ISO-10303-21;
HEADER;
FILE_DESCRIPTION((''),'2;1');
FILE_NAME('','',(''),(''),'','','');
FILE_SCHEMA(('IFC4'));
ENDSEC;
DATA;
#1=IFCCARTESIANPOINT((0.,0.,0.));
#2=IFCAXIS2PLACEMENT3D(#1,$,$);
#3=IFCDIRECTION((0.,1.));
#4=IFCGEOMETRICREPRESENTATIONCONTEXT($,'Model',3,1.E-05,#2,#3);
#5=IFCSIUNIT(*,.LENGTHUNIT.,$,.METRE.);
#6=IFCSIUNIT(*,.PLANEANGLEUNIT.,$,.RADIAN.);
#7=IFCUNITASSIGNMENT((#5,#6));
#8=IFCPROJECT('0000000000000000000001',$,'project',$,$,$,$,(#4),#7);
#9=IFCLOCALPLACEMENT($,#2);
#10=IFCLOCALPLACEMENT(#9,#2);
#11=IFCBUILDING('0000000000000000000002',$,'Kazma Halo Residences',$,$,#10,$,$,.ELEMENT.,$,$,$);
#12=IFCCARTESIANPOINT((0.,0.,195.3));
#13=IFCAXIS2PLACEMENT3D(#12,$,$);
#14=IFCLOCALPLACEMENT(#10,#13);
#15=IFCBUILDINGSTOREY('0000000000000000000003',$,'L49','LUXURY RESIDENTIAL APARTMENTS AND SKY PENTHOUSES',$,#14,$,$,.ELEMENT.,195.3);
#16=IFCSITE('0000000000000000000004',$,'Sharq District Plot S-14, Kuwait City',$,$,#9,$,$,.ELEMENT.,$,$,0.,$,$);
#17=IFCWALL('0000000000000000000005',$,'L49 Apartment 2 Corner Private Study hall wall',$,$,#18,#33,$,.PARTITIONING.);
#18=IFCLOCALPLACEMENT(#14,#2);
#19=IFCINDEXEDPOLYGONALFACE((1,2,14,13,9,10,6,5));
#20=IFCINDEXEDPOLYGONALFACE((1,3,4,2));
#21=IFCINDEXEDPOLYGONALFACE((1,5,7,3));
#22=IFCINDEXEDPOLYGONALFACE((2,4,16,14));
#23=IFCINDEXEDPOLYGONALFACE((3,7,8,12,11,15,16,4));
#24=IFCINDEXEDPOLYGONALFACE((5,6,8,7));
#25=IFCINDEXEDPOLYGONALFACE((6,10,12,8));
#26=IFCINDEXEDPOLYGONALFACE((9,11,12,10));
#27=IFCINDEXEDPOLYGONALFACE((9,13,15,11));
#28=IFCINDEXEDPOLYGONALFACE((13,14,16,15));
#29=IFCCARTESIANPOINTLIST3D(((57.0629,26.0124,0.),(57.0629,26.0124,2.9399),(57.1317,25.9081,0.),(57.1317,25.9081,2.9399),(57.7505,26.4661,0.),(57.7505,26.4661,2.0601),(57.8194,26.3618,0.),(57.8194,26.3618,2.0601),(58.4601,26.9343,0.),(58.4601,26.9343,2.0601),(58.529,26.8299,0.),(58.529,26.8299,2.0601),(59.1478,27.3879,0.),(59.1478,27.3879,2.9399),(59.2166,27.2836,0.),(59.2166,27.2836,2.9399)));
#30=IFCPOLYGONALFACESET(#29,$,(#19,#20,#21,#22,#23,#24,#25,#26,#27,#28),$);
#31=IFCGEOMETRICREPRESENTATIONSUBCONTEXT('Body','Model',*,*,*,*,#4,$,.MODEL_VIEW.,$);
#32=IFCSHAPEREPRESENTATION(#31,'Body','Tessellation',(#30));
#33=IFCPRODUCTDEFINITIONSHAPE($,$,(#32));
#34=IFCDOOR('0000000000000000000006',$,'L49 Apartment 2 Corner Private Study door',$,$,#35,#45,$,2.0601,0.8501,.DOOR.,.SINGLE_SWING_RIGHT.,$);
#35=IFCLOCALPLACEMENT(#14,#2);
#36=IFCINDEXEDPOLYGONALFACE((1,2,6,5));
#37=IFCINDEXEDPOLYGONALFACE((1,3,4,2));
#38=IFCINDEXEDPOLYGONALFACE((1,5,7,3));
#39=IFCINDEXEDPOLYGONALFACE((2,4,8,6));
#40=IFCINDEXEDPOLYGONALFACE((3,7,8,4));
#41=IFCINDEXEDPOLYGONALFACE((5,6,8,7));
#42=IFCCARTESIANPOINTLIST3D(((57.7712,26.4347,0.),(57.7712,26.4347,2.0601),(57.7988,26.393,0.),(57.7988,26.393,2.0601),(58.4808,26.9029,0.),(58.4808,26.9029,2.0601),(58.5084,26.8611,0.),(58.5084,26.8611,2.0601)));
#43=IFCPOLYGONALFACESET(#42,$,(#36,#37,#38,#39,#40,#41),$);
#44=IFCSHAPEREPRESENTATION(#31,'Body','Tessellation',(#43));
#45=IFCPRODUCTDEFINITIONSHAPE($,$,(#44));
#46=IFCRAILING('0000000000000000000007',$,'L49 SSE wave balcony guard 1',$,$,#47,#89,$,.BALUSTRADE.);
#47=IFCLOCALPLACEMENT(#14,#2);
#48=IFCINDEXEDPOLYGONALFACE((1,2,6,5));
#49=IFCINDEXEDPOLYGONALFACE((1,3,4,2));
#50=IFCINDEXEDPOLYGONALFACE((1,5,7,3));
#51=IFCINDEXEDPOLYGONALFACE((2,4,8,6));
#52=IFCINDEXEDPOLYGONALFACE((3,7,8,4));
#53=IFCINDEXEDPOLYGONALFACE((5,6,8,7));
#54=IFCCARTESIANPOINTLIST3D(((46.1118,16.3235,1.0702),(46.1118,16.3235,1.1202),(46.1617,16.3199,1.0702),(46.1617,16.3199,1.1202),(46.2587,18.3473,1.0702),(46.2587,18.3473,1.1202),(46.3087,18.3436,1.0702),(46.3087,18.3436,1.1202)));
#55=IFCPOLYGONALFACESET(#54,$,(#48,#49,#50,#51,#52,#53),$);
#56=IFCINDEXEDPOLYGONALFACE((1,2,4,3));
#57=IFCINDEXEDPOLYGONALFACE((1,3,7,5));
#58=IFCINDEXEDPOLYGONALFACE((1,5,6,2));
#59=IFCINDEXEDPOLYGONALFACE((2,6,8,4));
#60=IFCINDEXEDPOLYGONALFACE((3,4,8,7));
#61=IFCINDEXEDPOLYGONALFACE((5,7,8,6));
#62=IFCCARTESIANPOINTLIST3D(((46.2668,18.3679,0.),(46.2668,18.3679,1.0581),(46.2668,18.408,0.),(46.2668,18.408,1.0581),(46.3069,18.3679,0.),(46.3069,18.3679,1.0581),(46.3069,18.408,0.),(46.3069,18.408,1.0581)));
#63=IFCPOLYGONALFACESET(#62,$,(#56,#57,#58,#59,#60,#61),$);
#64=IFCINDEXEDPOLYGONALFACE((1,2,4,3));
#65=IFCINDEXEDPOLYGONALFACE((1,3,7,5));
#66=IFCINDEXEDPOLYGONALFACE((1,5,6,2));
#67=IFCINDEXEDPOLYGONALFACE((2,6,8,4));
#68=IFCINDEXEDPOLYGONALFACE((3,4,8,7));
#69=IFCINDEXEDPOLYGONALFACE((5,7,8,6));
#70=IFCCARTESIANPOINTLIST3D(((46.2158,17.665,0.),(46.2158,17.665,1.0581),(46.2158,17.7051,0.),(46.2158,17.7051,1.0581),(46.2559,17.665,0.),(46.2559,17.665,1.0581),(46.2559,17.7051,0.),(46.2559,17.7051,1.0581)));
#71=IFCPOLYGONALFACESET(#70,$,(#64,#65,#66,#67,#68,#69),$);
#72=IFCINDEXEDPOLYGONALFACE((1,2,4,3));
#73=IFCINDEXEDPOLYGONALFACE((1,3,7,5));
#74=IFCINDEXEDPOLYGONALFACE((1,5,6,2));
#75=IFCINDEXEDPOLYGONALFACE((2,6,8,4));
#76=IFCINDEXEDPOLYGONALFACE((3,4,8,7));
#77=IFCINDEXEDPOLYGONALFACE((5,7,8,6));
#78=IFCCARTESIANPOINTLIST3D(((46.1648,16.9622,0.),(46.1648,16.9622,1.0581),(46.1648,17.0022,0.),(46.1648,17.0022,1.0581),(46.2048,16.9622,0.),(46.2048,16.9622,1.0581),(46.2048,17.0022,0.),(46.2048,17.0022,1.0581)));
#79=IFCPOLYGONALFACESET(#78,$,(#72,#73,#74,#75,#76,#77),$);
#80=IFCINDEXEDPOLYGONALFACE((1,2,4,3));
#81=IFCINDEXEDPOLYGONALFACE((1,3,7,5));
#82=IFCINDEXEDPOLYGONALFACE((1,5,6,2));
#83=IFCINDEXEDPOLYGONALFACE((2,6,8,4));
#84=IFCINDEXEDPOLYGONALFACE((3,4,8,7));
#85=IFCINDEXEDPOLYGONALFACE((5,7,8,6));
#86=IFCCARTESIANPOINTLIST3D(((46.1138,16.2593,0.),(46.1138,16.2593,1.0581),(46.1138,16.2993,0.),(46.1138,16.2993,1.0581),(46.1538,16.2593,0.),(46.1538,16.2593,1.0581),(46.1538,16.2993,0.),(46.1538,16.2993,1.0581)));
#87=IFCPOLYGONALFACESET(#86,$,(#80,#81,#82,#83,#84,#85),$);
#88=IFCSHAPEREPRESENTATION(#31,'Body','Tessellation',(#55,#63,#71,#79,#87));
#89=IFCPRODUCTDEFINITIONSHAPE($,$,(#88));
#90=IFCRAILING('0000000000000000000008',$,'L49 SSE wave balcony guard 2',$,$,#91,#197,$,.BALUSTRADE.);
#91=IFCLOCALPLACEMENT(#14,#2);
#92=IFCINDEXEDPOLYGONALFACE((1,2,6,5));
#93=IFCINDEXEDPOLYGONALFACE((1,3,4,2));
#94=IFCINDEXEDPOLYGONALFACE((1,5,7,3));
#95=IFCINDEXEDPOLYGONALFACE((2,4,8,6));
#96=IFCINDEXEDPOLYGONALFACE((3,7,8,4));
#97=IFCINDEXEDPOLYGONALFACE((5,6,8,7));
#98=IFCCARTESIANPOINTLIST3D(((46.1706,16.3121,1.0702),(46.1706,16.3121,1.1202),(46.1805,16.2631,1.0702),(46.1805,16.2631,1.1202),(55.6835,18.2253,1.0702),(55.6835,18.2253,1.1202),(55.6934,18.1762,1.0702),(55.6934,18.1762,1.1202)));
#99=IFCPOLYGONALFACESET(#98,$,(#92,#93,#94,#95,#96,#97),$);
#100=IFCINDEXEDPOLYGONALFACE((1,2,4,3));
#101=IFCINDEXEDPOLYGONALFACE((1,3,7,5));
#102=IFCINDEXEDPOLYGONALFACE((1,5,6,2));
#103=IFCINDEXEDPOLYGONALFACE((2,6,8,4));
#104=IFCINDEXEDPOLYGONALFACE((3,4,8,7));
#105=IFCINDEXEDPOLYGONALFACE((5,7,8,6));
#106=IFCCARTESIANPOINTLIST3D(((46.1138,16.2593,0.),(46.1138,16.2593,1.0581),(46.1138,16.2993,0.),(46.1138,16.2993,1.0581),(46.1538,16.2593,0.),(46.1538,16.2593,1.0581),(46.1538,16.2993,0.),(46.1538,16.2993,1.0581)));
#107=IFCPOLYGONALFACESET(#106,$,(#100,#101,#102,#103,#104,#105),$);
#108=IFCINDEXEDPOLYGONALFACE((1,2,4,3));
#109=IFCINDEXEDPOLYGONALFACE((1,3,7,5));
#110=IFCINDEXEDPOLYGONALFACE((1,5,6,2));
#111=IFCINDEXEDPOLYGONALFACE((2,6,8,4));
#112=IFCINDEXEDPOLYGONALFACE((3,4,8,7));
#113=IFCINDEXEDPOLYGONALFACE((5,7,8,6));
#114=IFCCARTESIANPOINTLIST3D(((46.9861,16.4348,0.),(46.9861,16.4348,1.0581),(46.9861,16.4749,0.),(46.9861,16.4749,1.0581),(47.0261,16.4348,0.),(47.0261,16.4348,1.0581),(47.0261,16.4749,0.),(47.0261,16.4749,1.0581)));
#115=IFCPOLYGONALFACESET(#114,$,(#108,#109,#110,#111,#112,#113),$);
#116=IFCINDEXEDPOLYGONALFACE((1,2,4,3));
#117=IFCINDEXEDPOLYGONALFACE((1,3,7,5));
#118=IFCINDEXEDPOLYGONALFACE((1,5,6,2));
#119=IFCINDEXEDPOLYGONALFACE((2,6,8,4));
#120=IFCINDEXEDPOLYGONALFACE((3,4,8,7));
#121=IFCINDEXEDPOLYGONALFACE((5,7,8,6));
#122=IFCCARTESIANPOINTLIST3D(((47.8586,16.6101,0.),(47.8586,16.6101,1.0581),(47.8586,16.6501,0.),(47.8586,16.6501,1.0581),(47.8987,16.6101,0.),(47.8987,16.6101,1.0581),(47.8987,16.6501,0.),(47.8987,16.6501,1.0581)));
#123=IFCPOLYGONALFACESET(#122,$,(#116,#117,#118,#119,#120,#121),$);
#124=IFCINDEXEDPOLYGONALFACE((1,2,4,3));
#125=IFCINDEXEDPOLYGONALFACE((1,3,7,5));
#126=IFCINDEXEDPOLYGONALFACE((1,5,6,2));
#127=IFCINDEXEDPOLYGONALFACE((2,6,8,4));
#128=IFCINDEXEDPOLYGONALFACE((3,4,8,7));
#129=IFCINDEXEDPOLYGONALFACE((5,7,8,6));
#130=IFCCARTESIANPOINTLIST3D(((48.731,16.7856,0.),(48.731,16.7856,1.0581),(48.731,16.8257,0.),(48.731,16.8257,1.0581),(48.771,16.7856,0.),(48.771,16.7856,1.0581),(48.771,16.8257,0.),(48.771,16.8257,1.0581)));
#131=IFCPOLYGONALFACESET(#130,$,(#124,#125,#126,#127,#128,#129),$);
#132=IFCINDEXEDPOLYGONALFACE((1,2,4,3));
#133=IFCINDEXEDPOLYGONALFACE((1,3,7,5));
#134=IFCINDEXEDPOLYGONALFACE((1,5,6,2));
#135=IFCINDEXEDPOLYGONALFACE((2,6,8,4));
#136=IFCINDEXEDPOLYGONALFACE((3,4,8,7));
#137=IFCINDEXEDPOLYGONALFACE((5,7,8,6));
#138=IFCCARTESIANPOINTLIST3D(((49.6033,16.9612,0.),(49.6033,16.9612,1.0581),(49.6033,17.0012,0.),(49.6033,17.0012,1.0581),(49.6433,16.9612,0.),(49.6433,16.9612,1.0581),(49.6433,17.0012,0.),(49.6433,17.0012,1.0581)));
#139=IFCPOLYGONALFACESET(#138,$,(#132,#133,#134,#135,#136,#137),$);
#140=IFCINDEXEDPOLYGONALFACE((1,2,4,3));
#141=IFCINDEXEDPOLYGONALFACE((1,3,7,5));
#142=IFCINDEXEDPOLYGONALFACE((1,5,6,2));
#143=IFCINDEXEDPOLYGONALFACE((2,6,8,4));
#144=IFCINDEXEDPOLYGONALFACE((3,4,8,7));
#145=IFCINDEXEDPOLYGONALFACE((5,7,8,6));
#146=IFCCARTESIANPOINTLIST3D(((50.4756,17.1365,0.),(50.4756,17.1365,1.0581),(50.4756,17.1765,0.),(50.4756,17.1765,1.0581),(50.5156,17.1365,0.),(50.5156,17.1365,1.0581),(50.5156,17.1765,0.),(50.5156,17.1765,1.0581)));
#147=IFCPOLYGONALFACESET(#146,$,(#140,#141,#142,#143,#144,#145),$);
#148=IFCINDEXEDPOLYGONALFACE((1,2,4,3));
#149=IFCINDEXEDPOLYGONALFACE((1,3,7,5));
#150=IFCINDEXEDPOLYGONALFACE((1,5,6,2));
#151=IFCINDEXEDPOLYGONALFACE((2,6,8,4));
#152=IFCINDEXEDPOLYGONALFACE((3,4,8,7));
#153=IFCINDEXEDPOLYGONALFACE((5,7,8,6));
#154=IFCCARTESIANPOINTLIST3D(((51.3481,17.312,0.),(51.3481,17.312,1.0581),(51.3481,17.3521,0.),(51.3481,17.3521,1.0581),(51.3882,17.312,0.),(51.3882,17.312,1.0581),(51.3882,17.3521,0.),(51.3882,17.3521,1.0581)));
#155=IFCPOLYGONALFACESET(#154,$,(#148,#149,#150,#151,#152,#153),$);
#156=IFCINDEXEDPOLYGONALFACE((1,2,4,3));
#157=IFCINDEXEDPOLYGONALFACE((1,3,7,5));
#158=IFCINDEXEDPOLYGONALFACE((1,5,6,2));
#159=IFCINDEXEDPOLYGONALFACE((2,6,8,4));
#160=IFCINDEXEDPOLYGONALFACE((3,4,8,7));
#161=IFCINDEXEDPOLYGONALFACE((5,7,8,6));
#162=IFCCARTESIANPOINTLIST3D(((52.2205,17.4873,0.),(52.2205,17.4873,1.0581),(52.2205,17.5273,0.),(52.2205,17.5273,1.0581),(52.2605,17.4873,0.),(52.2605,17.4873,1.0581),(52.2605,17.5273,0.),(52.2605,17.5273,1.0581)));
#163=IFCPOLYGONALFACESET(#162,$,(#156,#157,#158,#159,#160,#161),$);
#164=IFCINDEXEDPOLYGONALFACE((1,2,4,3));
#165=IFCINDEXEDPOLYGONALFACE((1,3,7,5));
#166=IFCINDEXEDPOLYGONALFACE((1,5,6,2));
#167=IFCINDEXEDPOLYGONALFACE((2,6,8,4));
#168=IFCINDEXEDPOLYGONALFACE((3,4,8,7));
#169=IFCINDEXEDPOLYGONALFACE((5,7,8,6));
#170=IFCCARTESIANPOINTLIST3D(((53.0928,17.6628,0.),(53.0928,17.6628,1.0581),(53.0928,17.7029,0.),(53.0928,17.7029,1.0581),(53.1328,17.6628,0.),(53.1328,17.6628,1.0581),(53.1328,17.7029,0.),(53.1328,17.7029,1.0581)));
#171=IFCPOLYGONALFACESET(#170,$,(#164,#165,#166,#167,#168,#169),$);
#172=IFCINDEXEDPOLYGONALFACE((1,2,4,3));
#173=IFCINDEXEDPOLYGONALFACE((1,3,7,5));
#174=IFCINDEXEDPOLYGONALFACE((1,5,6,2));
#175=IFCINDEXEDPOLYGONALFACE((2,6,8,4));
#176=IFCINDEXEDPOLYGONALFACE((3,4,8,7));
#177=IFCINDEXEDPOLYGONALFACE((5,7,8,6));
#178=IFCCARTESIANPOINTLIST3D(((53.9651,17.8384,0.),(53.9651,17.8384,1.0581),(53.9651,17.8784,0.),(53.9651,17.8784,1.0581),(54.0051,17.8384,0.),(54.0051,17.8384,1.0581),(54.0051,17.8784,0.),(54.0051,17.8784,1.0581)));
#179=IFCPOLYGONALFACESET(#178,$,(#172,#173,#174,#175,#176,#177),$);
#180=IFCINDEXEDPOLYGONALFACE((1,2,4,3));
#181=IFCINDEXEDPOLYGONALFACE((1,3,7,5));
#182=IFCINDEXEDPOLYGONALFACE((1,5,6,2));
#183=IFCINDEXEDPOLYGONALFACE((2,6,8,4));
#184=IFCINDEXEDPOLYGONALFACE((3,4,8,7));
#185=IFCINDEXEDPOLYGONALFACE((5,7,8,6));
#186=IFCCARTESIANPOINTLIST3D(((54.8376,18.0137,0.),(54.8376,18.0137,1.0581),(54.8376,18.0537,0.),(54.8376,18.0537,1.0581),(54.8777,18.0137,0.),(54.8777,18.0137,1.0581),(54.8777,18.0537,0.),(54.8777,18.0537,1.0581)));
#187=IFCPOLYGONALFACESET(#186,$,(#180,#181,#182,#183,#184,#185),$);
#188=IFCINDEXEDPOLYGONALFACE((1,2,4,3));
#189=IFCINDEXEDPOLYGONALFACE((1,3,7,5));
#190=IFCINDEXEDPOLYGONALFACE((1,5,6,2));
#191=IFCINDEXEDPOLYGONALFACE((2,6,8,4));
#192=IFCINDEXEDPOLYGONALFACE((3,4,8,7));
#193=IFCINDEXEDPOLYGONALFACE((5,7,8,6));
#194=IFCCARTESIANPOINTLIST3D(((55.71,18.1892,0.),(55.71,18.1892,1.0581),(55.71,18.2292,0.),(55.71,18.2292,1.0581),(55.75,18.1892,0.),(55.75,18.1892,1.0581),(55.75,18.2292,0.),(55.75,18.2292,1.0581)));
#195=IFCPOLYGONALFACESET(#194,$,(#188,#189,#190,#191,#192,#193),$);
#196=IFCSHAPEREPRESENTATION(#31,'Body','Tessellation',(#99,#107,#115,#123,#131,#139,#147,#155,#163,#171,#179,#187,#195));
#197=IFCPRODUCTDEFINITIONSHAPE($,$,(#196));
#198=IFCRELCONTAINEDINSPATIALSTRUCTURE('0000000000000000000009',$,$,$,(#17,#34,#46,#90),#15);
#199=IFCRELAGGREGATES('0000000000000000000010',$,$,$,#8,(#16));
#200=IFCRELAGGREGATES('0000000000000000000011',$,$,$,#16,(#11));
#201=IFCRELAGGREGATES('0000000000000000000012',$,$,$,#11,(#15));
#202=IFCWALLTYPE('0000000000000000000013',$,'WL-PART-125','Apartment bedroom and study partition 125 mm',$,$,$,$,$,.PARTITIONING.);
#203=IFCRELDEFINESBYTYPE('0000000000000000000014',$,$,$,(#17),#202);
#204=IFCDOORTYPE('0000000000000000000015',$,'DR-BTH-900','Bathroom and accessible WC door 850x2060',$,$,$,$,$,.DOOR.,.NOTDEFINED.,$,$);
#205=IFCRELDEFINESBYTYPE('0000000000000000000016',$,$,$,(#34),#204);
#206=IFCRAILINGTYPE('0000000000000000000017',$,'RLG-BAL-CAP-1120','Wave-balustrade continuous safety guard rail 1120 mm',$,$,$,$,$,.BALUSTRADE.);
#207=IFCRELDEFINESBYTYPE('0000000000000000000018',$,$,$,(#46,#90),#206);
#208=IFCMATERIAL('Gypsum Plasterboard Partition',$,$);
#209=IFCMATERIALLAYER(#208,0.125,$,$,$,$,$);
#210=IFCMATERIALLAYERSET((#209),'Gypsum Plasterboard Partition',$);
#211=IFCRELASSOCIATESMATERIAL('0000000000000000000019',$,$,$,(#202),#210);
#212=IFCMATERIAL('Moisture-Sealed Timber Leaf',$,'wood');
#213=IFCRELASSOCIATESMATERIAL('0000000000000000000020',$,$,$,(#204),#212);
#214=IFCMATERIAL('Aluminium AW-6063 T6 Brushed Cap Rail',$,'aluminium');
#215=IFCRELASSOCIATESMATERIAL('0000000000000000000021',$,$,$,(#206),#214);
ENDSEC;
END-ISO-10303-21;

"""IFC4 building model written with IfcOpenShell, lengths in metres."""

from ifc_helpers import new_model, si_unit, direction, frame, frame_2d, origin, origin_2d, place, context, subcontext, project, spatial, rectangle, extrude, material, layer, layer_set, type_object, element, fill, save


model = new_model("IFC4")

# Units and contexts
model_context = context("Model", 3, precision=1e-05, world=origin(), true_north=direction((0.0, 1.0)))
body_context = subcontext(model_context, "Body", "Model", "MODEL_VIEW")
ifc_project = project(units=[si_unit("LENGTHUNIT", "METRE"), si_unit("PLANEANGLEUNIT", "RADIAN")], contexts=[model_context])

# Site, building, storey
site_placement = place(None, origin())
site = spatial("IfcSite", under=ifc_project, at=site_placement, Name="Sharq District Plot S-14, Kuwait City", CompositionType="ELEMENT", RefElevation=0.0)
building_placement = place(site_placement, origin())
building = spatial("IfcBuilding", under=site, at=building_placement, Name="Kazma Halo Residences", CompositionType="ELEMENT")
storey_placement = place(building_placement, frame((0.0, 0.0, 195.3)))
storey = spatial("IfcBuildingStorey", under=building, at=storey_placement, Name="L49", Description="LUXURY RESIDENTIAL APARTMENTS AND SKY PENTHOUSES", CompositionType="ELEMENT", Elevation=195.3)

# Shared definitions
ifc_material_1 = material(Name="Gypsum Plasterboard Partition")
ifc_layer_1 = layer(ifc_material_1, 0.125)
ifc_layer_set_1 = layer_set([ifc_layer_1], Name="Gypsum Plasterboard Partition")
wall_type_1 = type_object("IfcWallType", Name="WL-PART-125", Description="Apartment bedroom and study partition 125 mm", PredefinedType="PARTITIONING", material=ifc_layer_set_1)

# Wall, opening, door
wall_1_placement = place(storey_placement, frame((57.0972, 25.9602, 0.0), z_axis=(0.0, 0.0, 1.0), x_axis=(0.834717, 0.550679, 0.0)))
wall_1 = element("IfcWall", 1, at=wall_1_placement, inside=storey, type_object=wall_type_1, Name="L49 Apartment 2 Corner Private Study hall wall", PredefinedType="PARTITIONING", context=body_context, shape_type="SweptSolid", body=[
    extrude(rectangle(XDim=2.4978, YDim=0.125, at=frame_2d((1.249, 0.0))), origin(), (0.0, 0.0, 1.0), 2.9399),
])
opening_1_placement = place(wall_1_placement, frame((0.824, 0.0, 0.0)))
opening_1 = element("IfcOpeningElement", 2, at=opening_1_placement, cuts=wall_1, PredefinedType="OPENING", context=body_context, shape_type="SweptSolid", body=[
    extrude(rectangle(XDim=0.8501, YDim=2.0601, at=frame_2d((0.425, 1.03))), frame((0.0, 0.0725, 0.0), z_axis=(0.0, -1.0, 0.0), x_axis=(1.0, 0.0, 0.0)), (0.0, 0.0, 1.0), 0.145),
])
ifc_material_2 = material(Name="Moisture-Sealed Timber Leaf", Category="wood")
door_type_1 = type_object("IfcDoorType", Name="DR-BTH-900", Description="Bathroom and accessible WC door 850x2060", OperationType="NOTDEFINED", PredefinedType="DOOR", material=ifc_material_2)
door_1_placement = place(opening_1_placement, origin())
door_1 = element("IfcDoor", 3, at=door_1_placement, inside=storey, type_object=door_type_1, Name="L49 Apartment 2 Corner Private Study door", OperationType="SINGLE_SWING_RIGHT", OverallHeight=2.0601, OverallWidth=0.8501, PredefinedType="DOOR", context=body_context, shape_type="SweptSolid", body=[
    extrude(rectangle(XDim=0.8501, YDim=2.0601, at=frame_2d((0.425, 1.03))), frame((0.0, 0.0249, 0.0), z_axis=(0.0, -1.0, 0.0), x_axis=(1.0, 0.0, 0.0)), (0.0, 0.0, 1.0), 0.05),
])
fill(opening_1, door_1)

# Railings
ifc_material_3 = material(Name="Aluminium AW-6063 T6 Brushed Cap Rail", Category="aluminium")
railing_type = type_object("IfcRailingType", Name="RLG-BAL-CAP-1120", Description="Wave-balustrade continuous safety guard rail 1120 mm", PredefinedType="BALUSTRADE", material=ifc_material_3)
railing_1_placement = place(storey_placement, frame((46.2869, 18.3879, 0.0)))
element("IfcRailing", 4, at=railing_1_placement, inside=storey, type_object=railing_type, Name="L49 SSE wave balcony guard 1", PredefinedType="BALUSTRADE", context=body_context, shape_type="SweptSolid", body=[
    extrude(rectangle(XDim=0.05, YDim=0.05, at=origin_2d()), frame((-0.0032, -0.0425, 1.0952), z_axis=(-0.072404, -0.997375, 0.0), x_axis=(0.997375, -0.072404, 0.0)), (0.0, 0.0, 1.0), 2.0291),
    extrude(rectangle(XDim=0.04, YDim=0.04, at=origin_2d()), origin(), (0.0, 0.0, 1.0), 1.0581),
    extrude(rectangle(XDim=0.04, YDim=0.04, at=origin_2d()), frame((-0.051, -0.7029, 0.0)), (0.0, 0.0, 1.0), 1.0581),
    extrude(rectangle(XDim=0.04, YDim=0.04, at=origin_2d()), frame((-0.1021, -1.4058, 0.0)), (0.0, 0.0, 1.0), 1.0581),
    extrude(rectangle(XDim=0.04, YDim=0.04, at=origin_2d()), frame((-0.1531, -2.1086, 0.0)), (0.0, 0.0, 1.0), 1.0581),
])
railing_2_placement = place(storey_placement, frame((46.1338, 16.2793, 0.0)))
element("IfcRailing", 5, at=railing_2_placement, inside=storey, type_object=railing_type, Name="L49 SSE wave balcony guard 2", PredefinedType="BALUSTRADE", context=body_context, shape_type="SweptSolid", body=[
    extrude(rectangle(XDim=0.05, YDim=0.05, at=origin_2d()), frame((0.0417, 0.0083, 1.0952), z_axis=(0.98037, 0.197166, 0.0), x_axis=(-0.197166, 0.98037, 0.0)), (0.0, 0.0, 1.0), 9.7034),
    extrude(rectangle(XDim=0.04, YDim=0.04, at=origin_2d()), origin(), (0.0, 0.0, 1.0), 1.0581),
    extrude(rectangle(XDim=0.04, YDim=0.04, at=origin_2d()), frame((0.8723, 0.1755, 0.0)), (0.0, 0.0, 1.0), 1.0581),
    extrude(rectangle(XDim=0.04, YDim=0.04, at=origin_2d()), frame((1.7449, 0.3508, 0.0)), (0.0, 0.0, 1.0), 1.0581),
    extrude(rectangle(XDim=0.04, YDim=0.04, at=origin_2d()), frame((2.6172, 0.5264, 0.0)), (0.0, 0.0, 1.0), 1.0581),
    extrude(rectangle(XDim=0.04, YDim=0.04, at=origin_2d()), frame((3.4895, 0.7019, 0.0)), (0.0, 0.0, 1.0), 1.0581),
    extrude(rectangle(XDim=0.04, YDim=0.04, at=origin_2d()), frame((4.3618, 0.8772, 0.0)), (0.0, 0.0, 1.0), 1.0581),
    extrude(rectangle(XDim=0.04, YDim=0.04, at=origin_2d()), frame((5.2344, 1.0527, 0.0)), (0.0, 0.0, 1.0), 1.0581),
    extrude(rectangle(XDim=0.04, YDim=0.04, at=origin_2d()), frame((6.1067, 1.228, 0.0)), (0.0, 0.0, 1.0), 1.0581),
    extrude(rectangle(XDim=0.04, YDim=0.04, at=origin_2d()), frame((6.979, 1.4036, 0.0)), (0.0, 0.0, 1.0), 1.0581),
    extrude(rectangle(XDim=0.04, YDim=0.04, at=origin_2d()), frame((7.8513, 1.5791, 0.0)), (0.0, 0.0, 1.0), 1.0581),
    extrude(rectangle(XDim=0.04, YDim=0.04, at=origin_2d()), frame((8.7239, 1.7544, 0.0)), (0.0, 0.0, 1.0), 1.0581),
    extrude(rectangle(XDim=0.04, YDim=0.04, at=origin_2d()), frame((9.5962, 1.9299, 0.0)), (0.0, 0.0, 1.0), 1.0581),
])

save(model, "model.ifc")
